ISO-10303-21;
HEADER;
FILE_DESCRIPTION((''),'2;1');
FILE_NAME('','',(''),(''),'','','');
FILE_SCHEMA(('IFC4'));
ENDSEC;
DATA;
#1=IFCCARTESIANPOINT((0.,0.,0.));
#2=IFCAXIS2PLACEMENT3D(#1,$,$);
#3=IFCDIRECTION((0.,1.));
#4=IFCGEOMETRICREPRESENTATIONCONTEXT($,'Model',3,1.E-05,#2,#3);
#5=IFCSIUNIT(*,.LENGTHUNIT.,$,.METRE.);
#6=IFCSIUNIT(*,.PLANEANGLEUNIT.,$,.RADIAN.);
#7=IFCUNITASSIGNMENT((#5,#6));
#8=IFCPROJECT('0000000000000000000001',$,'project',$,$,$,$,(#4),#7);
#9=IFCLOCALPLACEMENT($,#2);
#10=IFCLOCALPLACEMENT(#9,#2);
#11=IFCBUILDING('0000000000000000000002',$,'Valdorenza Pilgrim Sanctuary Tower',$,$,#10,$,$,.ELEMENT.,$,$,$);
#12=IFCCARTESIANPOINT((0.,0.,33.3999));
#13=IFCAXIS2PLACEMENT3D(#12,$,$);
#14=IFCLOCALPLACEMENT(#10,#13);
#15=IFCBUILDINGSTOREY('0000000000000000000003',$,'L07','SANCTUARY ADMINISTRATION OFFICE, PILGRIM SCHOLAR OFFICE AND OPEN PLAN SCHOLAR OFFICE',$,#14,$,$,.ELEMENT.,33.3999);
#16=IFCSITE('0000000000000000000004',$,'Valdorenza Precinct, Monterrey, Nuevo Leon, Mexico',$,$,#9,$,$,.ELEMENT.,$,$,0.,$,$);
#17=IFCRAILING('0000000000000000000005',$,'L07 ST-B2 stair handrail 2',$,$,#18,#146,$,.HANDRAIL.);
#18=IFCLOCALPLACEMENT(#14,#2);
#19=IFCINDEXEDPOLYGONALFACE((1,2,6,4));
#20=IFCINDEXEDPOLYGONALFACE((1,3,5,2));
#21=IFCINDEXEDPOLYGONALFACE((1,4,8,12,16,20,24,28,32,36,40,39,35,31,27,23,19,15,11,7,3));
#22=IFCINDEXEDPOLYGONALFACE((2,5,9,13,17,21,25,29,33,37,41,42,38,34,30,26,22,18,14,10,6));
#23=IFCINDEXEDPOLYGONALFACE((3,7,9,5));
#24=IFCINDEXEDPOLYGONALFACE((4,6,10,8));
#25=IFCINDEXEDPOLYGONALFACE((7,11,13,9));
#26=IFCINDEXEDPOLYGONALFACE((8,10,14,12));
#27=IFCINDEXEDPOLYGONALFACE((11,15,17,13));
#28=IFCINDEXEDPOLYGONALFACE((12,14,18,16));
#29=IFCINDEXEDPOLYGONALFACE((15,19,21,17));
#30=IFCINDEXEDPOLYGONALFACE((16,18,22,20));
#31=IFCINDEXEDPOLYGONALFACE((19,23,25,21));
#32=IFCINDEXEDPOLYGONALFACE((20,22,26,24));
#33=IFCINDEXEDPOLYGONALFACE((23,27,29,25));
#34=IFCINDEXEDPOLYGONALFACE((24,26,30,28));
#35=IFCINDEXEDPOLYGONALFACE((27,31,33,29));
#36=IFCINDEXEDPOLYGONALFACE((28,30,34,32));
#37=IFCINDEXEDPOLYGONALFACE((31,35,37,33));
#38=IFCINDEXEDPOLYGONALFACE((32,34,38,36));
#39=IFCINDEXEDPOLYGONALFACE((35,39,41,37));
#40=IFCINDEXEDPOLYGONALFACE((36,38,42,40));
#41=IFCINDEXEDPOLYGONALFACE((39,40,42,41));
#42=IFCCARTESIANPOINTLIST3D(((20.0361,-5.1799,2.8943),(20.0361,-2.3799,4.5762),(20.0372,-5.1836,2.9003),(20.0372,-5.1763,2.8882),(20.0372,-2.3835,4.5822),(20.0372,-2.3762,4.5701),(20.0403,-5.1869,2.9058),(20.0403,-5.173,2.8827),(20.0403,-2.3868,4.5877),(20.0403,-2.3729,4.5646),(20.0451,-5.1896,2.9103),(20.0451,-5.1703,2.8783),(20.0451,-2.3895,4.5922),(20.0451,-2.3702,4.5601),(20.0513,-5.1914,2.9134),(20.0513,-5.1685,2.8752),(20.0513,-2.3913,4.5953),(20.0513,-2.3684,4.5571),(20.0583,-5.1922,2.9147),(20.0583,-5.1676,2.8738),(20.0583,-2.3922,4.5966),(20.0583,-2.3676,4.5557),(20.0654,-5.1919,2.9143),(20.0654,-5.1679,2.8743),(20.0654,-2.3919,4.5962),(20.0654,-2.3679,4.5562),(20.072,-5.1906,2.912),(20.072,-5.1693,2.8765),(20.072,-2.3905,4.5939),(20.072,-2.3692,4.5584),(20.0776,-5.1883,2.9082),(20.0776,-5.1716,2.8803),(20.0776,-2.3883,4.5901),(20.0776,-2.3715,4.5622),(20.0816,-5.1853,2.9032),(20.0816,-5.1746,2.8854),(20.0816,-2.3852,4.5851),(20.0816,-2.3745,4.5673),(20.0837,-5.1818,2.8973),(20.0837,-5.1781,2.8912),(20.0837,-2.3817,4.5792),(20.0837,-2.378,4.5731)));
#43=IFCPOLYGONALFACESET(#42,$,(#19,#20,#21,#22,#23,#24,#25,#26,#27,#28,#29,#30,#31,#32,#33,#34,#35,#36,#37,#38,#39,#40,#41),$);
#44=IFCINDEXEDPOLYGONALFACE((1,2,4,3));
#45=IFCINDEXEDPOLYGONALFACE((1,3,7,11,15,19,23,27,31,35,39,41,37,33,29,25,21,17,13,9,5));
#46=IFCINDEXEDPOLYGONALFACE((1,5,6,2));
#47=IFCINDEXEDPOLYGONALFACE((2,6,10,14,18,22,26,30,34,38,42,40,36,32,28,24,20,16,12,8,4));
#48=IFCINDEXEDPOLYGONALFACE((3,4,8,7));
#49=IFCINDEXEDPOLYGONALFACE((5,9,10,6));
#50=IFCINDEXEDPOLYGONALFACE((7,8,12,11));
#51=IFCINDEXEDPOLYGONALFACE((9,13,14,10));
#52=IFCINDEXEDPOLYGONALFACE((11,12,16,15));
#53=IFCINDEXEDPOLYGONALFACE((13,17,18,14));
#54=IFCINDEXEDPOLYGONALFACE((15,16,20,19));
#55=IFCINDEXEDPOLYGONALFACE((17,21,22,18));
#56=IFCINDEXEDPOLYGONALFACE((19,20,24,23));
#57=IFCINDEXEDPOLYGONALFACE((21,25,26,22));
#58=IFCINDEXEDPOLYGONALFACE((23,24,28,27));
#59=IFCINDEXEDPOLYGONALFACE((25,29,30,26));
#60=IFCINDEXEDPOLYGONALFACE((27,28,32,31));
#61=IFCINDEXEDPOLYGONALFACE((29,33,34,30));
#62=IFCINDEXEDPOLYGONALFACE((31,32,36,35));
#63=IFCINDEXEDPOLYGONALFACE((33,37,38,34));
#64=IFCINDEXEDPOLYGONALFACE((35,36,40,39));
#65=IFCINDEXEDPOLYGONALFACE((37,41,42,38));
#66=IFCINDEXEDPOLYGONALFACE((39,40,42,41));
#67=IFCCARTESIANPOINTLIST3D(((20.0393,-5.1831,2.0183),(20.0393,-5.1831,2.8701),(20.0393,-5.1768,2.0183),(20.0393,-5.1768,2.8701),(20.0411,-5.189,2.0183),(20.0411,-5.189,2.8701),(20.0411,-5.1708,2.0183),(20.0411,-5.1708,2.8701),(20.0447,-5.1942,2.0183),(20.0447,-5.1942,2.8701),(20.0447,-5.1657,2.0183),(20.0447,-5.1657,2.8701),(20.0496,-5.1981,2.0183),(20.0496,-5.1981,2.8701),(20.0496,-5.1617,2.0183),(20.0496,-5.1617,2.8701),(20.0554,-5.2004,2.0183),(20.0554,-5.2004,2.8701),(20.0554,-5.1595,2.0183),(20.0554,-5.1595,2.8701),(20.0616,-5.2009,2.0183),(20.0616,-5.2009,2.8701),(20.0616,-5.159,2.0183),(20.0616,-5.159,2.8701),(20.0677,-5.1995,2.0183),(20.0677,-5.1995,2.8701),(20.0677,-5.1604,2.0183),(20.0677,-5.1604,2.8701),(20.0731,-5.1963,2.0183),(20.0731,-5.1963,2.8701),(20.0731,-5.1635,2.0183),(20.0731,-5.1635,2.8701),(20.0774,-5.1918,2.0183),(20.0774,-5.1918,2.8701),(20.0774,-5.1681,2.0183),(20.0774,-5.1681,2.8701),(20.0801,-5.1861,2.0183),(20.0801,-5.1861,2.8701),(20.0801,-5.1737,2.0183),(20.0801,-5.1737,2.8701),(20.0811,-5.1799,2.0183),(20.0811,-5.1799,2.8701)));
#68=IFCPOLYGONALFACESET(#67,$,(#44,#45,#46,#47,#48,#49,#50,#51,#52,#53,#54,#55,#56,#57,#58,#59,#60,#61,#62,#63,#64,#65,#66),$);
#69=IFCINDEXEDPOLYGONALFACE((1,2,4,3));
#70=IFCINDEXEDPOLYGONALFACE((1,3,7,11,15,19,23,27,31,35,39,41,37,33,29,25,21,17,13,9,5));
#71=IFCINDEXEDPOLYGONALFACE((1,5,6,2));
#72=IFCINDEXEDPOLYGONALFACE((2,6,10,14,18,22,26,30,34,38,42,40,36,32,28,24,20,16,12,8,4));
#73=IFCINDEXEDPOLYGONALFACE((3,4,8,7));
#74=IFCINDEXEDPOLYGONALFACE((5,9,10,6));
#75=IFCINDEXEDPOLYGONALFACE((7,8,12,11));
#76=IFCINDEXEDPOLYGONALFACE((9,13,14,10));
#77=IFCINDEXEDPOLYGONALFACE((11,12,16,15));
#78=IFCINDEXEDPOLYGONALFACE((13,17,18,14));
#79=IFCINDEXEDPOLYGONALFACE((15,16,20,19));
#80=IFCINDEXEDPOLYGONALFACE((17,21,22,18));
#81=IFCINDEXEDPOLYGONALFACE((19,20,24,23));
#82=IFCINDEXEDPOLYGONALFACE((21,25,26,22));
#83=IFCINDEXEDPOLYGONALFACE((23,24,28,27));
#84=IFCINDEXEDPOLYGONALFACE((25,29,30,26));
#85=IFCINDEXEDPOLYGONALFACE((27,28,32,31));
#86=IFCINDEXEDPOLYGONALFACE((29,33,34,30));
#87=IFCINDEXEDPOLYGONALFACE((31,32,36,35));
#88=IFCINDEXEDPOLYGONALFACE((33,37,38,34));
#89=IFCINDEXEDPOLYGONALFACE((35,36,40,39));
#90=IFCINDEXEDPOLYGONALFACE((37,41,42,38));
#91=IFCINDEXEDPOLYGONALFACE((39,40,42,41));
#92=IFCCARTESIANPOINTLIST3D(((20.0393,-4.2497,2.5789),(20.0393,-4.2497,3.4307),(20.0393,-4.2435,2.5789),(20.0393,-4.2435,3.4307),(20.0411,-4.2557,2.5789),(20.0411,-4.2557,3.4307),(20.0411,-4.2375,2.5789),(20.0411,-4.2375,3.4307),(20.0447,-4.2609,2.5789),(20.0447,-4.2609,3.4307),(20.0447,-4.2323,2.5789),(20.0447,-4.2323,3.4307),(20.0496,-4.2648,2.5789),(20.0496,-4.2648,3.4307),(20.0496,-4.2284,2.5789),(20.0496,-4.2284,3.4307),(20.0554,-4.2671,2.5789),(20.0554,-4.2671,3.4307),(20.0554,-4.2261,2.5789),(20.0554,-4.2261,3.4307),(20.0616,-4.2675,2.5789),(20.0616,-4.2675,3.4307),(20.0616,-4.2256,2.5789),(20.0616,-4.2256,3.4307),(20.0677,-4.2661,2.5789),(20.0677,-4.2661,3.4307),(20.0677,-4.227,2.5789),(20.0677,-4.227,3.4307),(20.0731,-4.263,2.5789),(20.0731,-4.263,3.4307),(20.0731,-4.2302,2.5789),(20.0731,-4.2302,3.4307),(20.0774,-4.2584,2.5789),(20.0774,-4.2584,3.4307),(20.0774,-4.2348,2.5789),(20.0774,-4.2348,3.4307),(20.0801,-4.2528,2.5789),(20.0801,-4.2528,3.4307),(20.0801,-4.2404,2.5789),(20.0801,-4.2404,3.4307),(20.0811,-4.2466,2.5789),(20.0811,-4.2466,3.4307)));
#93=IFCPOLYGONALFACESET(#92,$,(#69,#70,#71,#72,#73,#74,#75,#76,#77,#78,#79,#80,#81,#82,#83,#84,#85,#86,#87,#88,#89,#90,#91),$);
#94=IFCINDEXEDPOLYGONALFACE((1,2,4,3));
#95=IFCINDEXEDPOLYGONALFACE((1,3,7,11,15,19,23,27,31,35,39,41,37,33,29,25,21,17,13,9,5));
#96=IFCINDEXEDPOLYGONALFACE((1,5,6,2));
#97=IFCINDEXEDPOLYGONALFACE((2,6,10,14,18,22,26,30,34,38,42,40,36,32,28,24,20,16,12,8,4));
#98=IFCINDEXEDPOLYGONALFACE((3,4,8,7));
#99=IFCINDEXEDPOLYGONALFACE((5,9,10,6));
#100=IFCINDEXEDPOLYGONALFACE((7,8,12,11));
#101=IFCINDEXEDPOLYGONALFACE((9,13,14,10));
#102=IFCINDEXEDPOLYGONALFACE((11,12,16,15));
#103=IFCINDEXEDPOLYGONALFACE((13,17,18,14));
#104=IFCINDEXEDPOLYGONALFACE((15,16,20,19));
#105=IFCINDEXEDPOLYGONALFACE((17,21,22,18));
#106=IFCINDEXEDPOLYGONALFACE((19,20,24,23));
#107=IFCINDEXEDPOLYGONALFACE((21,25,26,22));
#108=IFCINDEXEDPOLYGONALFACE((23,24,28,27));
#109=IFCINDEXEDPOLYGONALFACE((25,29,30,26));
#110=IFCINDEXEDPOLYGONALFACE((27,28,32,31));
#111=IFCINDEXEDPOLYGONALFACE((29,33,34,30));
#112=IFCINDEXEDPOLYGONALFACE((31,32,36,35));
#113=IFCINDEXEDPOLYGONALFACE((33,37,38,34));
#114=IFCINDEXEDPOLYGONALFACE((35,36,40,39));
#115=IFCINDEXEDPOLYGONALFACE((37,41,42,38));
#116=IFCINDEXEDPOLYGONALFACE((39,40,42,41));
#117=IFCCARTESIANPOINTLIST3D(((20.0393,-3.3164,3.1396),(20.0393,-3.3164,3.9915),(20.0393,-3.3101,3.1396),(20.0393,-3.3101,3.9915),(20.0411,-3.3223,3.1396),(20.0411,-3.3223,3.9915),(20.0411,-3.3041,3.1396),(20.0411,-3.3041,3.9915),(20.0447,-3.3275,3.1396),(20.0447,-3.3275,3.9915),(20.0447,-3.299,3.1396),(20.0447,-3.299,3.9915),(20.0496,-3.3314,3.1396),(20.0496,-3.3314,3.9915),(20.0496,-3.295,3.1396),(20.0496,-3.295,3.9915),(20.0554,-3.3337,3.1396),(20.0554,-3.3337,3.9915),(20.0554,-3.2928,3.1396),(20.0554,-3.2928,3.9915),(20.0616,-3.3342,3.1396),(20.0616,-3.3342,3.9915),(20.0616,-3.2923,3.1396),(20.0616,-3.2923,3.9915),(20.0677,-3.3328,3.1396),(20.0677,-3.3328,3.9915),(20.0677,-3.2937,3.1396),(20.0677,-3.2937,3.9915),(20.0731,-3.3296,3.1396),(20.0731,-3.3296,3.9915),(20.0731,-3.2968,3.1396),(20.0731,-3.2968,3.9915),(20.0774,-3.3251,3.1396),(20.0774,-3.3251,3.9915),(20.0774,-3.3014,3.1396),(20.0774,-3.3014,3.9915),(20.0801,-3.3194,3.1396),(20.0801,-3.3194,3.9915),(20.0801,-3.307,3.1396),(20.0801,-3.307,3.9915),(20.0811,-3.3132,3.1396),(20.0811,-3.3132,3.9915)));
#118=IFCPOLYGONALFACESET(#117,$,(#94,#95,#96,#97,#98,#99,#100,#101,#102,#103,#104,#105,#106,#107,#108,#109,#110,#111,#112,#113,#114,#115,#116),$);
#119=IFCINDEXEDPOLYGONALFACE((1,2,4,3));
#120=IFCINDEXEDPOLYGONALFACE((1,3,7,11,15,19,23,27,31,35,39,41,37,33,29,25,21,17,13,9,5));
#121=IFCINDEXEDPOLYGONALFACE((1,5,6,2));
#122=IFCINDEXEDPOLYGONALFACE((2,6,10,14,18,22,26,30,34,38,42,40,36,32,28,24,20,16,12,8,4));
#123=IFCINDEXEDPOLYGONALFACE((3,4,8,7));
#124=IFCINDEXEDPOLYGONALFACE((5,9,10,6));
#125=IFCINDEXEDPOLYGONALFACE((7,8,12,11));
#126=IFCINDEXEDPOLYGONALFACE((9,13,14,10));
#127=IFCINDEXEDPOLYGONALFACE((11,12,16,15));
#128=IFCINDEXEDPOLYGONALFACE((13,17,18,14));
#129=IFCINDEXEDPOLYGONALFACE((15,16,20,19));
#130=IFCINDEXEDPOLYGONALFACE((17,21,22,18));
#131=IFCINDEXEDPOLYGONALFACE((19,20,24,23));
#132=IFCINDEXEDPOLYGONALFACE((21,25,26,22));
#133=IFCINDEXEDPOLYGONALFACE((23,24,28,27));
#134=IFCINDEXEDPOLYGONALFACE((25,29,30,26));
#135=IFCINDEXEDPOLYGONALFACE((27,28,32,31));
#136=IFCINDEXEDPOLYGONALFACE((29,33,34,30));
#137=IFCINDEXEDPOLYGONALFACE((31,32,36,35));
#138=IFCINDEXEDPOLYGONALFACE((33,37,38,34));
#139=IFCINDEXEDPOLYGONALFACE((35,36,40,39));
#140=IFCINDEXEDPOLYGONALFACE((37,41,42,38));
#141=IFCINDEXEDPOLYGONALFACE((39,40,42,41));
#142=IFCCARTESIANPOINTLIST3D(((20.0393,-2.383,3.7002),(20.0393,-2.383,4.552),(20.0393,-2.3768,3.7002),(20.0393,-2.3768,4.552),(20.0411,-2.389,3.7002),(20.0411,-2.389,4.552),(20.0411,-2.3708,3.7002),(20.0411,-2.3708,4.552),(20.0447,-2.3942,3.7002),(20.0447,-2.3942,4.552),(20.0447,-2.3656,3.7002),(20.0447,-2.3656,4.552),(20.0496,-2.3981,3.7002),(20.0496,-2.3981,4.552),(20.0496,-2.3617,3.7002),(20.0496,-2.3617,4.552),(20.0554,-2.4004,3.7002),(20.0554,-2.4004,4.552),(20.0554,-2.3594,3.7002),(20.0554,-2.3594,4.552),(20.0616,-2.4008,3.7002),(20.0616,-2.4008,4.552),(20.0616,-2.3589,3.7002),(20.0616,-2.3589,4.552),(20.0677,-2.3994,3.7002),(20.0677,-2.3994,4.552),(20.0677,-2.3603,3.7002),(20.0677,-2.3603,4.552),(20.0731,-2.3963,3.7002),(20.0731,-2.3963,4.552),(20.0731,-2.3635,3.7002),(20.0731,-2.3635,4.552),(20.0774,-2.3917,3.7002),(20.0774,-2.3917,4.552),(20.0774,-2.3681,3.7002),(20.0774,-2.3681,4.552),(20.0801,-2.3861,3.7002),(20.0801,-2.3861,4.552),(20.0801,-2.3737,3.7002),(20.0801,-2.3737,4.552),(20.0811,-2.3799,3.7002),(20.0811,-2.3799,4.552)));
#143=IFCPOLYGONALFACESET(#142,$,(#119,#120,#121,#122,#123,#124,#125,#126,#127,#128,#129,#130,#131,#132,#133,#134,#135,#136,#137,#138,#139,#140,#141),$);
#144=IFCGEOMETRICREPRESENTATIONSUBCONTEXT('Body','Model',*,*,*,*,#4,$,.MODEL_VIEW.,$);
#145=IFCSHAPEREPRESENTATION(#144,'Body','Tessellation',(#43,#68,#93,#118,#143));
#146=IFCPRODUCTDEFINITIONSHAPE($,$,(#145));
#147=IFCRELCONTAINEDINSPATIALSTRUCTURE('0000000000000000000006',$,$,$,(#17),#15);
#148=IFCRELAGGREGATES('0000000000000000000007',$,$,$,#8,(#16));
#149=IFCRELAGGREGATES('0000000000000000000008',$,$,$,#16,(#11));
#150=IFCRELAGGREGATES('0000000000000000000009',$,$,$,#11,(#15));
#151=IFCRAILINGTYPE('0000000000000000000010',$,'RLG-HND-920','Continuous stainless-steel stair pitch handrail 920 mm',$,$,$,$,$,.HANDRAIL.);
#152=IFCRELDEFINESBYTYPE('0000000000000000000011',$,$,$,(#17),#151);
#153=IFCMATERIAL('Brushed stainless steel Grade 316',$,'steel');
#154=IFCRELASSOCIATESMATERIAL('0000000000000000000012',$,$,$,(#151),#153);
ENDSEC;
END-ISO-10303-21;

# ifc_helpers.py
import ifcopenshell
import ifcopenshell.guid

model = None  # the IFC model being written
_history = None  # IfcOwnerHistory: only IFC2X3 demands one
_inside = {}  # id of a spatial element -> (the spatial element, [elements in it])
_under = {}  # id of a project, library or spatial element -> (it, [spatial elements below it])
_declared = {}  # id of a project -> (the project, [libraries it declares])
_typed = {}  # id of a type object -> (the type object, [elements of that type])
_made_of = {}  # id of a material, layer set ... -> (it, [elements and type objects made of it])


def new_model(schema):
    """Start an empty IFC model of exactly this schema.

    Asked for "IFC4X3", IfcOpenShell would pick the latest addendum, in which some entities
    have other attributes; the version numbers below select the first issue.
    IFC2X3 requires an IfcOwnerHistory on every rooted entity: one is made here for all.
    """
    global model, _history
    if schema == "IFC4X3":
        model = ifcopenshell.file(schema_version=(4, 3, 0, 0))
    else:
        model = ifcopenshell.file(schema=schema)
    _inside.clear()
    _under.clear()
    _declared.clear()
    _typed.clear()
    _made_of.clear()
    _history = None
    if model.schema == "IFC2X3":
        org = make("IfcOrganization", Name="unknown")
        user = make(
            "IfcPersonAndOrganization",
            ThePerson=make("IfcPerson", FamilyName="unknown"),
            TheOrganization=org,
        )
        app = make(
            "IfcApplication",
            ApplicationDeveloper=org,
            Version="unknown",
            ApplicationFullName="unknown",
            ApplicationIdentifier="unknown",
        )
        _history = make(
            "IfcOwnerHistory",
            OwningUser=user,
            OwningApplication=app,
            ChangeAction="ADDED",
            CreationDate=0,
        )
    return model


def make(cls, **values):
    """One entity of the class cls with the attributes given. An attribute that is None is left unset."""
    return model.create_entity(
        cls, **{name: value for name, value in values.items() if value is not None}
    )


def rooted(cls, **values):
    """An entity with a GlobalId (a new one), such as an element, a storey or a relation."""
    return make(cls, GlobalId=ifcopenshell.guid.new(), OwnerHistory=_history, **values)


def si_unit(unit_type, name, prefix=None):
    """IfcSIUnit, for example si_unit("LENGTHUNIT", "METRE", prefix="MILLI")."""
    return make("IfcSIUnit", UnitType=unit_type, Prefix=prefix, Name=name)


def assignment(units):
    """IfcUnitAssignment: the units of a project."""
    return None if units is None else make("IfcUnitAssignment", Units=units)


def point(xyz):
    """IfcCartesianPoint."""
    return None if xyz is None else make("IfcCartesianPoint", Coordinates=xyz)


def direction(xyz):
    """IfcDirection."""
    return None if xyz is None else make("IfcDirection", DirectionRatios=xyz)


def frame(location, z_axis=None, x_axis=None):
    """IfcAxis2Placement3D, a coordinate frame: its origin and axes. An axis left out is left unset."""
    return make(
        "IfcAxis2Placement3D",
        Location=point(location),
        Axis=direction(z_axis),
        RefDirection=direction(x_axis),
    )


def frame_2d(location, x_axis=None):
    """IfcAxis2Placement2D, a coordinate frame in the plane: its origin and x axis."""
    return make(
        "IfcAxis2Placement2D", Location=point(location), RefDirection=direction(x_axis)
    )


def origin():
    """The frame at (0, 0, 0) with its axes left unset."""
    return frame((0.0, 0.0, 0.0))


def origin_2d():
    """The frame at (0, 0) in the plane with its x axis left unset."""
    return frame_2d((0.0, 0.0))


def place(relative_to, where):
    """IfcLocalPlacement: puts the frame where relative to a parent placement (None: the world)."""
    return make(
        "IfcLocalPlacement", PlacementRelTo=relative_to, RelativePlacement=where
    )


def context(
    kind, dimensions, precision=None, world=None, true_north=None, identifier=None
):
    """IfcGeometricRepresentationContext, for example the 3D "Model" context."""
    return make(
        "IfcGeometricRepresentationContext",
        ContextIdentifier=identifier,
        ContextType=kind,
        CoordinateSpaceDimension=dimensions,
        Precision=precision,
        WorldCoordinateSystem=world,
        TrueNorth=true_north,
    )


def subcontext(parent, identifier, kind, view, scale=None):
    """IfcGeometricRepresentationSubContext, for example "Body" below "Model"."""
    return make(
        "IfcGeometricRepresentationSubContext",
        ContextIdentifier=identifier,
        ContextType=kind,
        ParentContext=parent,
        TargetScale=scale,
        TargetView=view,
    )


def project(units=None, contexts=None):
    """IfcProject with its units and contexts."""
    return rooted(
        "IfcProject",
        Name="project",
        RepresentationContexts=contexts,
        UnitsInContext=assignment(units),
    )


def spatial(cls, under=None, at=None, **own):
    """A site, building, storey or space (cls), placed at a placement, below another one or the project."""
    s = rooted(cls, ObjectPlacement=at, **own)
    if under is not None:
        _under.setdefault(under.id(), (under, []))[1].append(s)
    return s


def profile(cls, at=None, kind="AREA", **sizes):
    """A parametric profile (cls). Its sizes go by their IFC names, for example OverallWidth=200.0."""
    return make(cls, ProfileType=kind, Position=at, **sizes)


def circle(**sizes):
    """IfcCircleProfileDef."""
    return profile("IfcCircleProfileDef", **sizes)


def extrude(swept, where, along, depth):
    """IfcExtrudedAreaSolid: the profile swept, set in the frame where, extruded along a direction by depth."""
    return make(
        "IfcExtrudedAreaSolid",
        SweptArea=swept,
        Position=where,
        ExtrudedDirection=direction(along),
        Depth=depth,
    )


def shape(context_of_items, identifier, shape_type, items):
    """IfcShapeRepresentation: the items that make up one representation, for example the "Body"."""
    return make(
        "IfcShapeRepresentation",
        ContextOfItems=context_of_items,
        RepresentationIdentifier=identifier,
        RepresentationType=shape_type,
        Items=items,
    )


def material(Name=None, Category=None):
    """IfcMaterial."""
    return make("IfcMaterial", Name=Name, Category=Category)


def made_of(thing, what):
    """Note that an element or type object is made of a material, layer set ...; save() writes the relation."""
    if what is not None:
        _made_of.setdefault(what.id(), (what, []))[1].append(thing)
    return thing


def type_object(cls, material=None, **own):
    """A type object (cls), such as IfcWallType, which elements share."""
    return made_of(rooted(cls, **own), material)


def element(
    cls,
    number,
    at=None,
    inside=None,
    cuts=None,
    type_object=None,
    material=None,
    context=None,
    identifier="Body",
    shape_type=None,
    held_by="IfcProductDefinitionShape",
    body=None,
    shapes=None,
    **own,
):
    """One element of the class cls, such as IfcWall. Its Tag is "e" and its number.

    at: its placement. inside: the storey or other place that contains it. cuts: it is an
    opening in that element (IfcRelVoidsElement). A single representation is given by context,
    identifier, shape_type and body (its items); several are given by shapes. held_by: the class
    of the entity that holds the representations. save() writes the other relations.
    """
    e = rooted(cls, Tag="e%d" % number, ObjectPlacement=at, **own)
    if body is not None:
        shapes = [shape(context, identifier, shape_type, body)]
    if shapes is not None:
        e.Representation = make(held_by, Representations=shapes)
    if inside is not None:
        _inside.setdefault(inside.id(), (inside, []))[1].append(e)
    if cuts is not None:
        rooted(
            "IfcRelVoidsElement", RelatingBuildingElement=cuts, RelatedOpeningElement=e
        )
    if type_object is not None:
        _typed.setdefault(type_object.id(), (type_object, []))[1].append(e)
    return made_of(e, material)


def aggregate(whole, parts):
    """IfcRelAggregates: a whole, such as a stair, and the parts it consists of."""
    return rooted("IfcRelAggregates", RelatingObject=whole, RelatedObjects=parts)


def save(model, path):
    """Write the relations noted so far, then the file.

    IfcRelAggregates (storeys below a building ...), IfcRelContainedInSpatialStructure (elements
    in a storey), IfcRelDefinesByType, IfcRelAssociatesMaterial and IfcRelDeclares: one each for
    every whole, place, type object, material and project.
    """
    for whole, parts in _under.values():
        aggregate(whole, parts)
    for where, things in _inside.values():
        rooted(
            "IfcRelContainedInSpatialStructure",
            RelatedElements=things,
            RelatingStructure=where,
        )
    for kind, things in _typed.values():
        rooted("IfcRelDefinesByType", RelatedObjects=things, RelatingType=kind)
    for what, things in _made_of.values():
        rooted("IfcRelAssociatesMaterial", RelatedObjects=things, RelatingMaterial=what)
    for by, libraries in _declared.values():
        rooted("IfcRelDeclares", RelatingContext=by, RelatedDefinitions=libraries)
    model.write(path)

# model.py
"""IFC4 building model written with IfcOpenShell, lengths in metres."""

from ifc_helpers import new_model, si_unit, direction, frame, origin, origin_2d, place, context, subcontext, project, spatial, circle, extrude, material, type_object, element, save


model = new_model("IFC4")

# Units and contexts
model_context = context("Model", 3, precision=1e-05, world=origin(), true_north=direction((0.0, 1.0)))
body_context = subcontext(model_context, "Body", "Model", "MODEL_VIEW")
ifc_project = project(units=[si_unit("LENGTHUNIT", "METRE"), si_unit("PLANEANGLEUNIT", "RADIAN")], contexts=[model_context])

# Site, building, storey
site_placement = place(None, origin())
site = spatial("IfcSite", under=ifc_project, at=site_placement, Name="Valdorenza Precinct, Monterrey, Nuevo Leon, Mexico", CompositionType="ELEMENT", RefElevation=0.0)
building_placement = place(site_placement, origin())
building = spatial("IfcBuilding", under=site, at=building_placement, Name="Valdorenza Pilgrim Sanctuary Tower", CompositionType="ELEMENT")
storey_placement = place(building_placement, frame((0.0, 0.0, 33.3999)))
storey = spatial("IfcBuildingStorey", under=building, at=storey_placement, Name="L07", Description="SANCTUARY ADMINISTRATION OFFICE, PILGRIM SCHOLAR OFFICE AND OPEN PLAN SCHOLAR OFFICE", CompositionType="ELEMENT", Elevation=33.3999)

# Shared definitions
ifc_material_1 = material(Name="Brushed stainless steel Grade 316", Category="steel")

# Railing
railing_type_1 = type_object("IfcRailingType", Name="RLG-HND-920", Description="Continuous stainless-steel stair pitch handrail 920 mm", PredefinedType="HANDRAIL", material=ifc_material_1)
railing_1_placement = place(storey_placement, frame((20.0601, -5.1799, 2.0183)))
element("IfcRailing", 1, at=railing_1_placement, inside=storey, type_object=railing_type_1, Name="L07 ST-B2 stair handrail 2", PredefinedType="HANDRAIL", context=body_context, shape_type="SweptSolid", body=[
    extrude(circle(Radius=0.0239, at=origin_2d()), frame((0.0, 0.0, 0.876), z_axis=(0.0, 0.857242, 0.514913), x_axis=(-1.0, 0.0, 0.0)), (0.0, 0.0, 1.0), 3.2664),
    extrude(circle(Radius=0.021, at=origin_2d()), origin(), (0.0, 0.0, 1.0), 0.8518),
    extrude(circle(Radius=0.021, at=origin_2d()), frame((0.0, 0.9333, 0.5605)), (0.0, 0.0, 1.0), 0.8518),
    extrude(circle(Radius=0.021, at=origin_2d()), frame((0.0, 1.8667, 1.1213)), (0.0, 0.0, 1.0), 0.8518),
    extrude(circle(Radius=0.021, at=origin_2d()), frame((0.0, 2.8, 1.6819)), (0.0, 0.0, 1.0), 0.8518),
])

save(model, "model.ifc")
